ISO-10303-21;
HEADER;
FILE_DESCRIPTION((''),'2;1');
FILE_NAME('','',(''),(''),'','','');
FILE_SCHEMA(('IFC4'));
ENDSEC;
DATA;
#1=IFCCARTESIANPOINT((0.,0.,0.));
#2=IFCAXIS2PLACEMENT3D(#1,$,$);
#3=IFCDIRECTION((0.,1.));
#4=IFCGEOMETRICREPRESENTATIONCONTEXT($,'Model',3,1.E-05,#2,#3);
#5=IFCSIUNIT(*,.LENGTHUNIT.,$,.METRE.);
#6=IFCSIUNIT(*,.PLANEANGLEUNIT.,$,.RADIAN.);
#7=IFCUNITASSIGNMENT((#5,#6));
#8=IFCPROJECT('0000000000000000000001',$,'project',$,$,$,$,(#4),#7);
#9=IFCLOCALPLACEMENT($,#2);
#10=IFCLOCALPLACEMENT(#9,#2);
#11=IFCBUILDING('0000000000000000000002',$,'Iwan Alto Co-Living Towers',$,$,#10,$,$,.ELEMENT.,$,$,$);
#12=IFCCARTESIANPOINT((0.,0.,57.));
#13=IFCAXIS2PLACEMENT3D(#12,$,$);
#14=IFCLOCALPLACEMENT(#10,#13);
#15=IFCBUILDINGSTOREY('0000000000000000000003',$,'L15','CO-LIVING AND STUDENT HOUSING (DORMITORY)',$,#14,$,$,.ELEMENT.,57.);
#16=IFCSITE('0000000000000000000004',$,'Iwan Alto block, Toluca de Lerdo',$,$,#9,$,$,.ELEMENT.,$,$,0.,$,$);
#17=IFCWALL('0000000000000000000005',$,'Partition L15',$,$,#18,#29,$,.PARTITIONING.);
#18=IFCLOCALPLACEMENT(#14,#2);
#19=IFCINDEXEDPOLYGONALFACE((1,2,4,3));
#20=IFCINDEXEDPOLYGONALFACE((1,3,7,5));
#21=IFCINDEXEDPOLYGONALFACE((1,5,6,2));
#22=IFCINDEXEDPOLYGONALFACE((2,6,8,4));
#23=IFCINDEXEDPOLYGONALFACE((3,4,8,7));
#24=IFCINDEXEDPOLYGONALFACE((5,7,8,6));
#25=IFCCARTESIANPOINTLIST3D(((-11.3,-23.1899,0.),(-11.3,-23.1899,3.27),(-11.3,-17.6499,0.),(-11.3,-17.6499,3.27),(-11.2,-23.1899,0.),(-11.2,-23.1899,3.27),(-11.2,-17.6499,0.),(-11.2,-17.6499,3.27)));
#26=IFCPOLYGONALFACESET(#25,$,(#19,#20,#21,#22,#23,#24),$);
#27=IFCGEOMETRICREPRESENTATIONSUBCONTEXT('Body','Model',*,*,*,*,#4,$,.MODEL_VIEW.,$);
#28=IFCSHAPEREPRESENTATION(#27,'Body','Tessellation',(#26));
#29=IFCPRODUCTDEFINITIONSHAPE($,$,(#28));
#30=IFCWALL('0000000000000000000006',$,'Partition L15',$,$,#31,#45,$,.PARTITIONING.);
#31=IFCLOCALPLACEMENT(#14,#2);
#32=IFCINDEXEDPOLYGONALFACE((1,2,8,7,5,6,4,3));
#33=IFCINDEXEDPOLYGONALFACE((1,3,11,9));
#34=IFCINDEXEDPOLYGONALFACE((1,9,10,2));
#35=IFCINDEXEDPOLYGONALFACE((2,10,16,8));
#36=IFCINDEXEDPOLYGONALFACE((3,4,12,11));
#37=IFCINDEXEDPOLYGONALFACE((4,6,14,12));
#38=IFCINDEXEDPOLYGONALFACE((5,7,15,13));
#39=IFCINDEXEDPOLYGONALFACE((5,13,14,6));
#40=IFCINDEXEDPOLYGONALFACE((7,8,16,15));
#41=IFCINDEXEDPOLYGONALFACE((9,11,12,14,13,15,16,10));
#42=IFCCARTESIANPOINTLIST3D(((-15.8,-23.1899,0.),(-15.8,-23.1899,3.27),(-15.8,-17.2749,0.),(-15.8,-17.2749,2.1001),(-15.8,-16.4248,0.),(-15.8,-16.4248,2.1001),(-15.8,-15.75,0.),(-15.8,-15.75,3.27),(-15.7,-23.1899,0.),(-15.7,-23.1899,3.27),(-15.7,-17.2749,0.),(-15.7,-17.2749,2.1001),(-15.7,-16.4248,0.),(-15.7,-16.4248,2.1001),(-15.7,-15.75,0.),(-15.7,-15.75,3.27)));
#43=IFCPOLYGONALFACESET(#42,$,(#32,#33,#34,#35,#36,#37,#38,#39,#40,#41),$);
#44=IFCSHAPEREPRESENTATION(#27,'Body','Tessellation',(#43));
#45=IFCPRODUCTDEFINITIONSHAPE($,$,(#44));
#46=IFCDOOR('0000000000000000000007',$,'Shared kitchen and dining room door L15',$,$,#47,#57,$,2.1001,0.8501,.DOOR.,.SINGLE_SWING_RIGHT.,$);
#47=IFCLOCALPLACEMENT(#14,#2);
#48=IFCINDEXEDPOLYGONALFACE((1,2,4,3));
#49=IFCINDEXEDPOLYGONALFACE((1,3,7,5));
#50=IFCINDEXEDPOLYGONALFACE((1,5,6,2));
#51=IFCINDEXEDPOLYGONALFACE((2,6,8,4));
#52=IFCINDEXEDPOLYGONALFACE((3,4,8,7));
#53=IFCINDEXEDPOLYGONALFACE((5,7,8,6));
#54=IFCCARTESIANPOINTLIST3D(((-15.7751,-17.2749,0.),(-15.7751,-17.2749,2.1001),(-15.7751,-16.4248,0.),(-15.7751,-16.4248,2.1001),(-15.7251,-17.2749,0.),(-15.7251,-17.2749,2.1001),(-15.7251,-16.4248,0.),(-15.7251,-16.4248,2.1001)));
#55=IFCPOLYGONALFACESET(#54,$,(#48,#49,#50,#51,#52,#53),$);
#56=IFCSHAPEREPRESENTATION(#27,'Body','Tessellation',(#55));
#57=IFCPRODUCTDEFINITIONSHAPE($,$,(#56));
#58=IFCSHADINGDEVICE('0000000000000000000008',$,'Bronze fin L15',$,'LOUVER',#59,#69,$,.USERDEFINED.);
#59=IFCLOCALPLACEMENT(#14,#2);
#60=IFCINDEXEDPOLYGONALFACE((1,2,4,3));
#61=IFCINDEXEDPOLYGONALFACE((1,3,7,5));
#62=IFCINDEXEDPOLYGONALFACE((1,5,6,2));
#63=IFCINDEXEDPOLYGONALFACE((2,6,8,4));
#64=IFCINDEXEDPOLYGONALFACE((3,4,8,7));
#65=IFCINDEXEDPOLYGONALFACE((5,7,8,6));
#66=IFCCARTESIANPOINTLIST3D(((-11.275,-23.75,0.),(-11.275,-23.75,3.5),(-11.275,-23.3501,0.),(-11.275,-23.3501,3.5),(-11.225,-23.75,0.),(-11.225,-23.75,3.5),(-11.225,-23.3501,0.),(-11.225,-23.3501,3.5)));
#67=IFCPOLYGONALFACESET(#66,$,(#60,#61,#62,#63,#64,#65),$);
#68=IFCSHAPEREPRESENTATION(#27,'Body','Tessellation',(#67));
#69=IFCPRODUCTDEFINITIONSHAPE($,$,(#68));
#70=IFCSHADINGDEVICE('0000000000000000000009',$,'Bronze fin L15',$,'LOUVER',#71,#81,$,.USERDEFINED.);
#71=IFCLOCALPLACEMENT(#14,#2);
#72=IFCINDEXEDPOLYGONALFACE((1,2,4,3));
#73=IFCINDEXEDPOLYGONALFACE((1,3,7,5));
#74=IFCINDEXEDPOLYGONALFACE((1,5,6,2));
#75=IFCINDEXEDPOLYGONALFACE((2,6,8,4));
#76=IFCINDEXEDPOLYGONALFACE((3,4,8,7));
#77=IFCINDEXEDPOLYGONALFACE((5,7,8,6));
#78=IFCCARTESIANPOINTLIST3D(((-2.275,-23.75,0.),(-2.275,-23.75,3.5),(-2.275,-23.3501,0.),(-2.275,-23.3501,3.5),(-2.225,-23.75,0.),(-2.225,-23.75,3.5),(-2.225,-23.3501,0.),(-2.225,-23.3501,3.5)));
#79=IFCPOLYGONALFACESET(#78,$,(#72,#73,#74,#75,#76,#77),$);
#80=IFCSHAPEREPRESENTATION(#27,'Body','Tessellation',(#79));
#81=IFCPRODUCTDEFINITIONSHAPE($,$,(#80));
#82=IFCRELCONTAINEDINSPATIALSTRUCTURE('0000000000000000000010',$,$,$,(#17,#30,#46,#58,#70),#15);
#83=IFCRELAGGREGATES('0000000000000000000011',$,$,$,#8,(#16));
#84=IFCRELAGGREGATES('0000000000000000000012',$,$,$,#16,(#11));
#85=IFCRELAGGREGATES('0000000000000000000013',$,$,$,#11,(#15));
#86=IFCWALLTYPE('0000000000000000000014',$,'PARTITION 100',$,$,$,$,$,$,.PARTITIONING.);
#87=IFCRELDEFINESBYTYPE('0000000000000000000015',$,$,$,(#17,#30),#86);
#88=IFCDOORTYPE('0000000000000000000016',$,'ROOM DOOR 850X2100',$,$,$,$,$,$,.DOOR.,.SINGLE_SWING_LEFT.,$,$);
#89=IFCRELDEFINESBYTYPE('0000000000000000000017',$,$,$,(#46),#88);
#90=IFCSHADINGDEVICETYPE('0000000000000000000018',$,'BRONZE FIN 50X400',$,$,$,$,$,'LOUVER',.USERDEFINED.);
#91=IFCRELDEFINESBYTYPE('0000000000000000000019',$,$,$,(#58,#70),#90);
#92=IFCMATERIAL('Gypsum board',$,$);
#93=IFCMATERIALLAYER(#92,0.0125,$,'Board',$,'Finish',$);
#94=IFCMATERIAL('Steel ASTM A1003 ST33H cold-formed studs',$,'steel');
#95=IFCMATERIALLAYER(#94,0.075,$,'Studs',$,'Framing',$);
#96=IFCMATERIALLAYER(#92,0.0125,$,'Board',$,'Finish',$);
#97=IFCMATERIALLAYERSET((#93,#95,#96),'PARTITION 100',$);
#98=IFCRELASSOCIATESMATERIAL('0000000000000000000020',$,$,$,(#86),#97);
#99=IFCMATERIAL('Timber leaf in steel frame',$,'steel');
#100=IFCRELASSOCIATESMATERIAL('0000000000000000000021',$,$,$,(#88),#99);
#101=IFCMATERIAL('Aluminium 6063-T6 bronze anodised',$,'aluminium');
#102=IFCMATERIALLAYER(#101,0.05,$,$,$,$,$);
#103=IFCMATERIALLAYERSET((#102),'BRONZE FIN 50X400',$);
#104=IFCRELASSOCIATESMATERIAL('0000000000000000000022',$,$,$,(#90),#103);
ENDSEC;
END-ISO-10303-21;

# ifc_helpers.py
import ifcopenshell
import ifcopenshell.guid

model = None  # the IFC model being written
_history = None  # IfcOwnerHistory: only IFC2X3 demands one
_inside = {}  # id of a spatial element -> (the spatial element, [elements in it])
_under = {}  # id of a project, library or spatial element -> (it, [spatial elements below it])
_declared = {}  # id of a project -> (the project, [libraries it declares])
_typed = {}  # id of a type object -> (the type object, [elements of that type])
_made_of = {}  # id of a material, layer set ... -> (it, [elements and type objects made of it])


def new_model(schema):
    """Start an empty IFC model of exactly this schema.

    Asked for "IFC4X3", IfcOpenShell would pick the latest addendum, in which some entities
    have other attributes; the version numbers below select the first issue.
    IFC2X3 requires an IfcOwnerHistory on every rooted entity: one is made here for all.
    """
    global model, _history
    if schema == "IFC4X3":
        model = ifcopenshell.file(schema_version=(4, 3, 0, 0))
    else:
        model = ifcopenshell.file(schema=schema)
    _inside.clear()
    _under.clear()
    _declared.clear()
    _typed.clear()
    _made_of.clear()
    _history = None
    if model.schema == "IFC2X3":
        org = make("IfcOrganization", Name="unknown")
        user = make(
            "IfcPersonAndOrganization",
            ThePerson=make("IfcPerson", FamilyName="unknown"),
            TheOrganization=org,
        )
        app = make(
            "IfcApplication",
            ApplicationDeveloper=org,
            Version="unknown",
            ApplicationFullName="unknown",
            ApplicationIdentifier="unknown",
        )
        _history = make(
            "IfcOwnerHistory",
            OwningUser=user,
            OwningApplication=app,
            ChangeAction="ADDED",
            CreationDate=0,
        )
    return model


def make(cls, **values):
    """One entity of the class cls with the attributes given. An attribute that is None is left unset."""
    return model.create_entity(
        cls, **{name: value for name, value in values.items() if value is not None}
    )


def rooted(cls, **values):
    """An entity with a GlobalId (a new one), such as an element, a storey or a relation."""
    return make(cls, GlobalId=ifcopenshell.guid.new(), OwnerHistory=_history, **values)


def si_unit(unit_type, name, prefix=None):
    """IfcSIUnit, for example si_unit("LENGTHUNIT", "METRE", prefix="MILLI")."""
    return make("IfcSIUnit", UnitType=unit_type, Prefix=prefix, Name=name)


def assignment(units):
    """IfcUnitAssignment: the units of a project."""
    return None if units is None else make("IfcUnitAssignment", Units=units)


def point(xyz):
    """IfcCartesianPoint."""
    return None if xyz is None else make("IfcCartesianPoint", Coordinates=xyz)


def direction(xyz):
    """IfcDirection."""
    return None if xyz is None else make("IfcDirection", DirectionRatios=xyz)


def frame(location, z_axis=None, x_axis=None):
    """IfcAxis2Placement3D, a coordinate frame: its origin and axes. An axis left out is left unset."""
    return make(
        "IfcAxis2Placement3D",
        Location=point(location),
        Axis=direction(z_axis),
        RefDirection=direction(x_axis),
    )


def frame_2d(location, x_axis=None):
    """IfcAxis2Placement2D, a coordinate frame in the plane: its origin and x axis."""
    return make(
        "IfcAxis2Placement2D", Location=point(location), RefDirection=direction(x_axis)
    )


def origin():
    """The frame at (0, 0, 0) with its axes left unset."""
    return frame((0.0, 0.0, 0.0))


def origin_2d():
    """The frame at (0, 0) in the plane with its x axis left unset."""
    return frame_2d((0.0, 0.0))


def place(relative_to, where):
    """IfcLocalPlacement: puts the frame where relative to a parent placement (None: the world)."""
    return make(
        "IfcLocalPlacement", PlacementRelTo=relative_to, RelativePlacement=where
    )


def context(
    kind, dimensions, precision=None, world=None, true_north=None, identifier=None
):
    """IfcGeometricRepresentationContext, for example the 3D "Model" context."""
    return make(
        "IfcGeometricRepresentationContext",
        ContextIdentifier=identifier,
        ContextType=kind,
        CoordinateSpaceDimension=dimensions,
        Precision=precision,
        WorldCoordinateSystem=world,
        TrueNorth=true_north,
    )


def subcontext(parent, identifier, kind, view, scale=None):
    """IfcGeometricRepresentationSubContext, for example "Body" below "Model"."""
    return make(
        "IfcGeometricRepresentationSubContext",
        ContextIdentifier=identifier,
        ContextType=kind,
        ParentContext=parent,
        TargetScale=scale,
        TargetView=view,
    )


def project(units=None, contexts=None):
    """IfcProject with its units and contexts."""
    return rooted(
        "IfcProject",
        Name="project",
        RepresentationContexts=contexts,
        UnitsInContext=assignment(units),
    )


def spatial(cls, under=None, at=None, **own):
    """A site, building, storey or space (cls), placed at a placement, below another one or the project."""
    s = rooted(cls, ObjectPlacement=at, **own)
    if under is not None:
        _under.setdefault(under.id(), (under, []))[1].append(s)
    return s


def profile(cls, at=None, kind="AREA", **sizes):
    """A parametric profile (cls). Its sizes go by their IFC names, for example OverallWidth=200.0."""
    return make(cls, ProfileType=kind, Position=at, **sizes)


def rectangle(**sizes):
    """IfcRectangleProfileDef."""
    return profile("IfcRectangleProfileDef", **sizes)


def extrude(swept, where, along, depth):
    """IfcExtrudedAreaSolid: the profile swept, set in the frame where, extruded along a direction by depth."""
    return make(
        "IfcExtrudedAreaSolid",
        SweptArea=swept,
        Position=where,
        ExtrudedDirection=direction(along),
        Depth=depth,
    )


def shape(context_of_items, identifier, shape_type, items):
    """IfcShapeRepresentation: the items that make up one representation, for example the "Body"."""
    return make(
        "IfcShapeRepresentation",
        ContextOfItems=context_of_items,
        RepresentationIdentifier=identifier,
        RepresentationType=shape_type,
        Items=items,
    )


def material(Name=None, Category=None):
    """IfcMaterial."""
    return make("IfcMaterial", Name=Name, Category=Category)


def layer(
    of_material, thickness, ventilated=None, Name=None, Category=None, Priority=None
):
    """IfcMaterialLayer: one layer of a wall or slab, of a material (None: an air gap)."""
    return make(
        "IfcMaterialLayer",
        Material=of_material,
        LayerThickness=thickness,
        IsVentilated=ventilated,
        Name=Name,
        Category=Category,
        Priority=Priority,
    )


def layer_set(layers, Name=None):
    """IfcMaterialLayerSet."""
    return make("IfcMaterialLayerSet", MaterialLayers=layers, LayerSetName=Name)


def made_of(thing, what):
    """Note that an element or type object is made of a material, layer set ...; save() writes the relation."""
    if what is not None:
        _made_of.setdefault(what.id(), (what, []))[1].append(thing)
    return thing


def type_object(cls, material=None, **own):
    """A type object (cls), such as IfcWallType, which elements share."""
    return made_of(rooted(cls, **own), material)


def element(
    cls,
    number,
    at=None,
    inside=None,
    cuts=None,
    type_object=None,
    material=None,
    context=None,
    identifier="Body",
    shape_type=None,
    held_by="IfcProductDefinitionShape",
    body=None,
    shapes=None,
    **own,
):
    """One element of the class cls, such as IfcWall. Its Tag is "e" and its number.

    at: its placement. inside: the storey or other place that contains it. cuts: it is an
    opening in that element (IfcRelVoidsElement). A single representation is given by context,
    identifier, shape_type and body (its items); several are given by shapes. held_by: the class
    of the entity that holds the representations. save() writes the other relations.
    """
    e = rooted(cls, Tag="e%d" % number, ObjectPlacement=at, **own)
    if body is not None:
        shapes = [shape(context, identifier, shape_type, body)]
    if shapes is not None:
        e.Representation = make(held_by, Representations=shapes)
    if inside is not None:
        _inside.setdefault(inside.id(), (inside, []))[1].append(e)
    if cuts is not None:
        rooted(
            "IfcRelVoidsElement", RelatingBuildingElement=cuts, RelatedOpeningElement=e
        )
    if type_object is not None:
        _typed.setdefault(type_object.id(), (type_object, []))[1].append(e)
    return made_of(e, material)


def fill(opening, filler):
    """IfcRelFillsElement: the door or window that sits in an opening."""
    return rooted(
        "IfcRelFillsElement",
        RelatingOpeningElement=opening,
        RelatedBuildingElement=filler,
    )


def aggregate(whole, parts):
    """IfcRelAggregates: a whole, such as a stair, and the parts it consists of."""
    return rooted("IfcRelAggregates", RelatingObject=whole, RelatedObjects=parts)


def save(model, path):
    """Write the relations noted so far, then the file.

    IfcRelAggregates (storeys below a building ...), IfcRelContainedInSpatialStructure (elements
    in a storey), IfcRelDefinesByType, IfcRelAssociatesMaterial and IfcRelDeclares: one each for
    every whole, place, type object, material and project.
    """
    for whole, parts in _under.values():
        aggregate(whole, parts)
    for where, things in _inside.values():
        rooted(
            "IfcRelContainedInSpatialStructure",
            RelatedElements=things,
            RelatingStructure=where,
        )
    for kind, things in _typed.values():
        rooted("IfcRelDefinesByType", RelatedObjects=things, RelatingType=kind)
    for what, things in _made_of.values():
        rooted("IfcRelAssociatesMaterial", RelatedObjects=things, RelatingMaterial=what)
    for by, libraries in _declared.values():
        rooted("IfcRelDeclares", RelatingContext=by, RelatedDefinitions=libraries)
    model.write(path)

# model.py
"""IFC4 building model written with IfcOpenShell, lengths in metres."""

from ifc_helpers import new_model, si_unit, direction, frame, frame_2d, origin, origin_2d, place, context, subcontext, project, spatial, rectangle, extrude, material, layer, layer_set, type_object, element, fill, save


model = new_model("IFC4")

# Units and contexts
model_context = context("Model", 3, precision=1e-05, world=origin(), true_north=direction((0.0, 1.0)))
body_context = subcontext(model_context, "Body", "Model", "MODEL_VIEW")
ifc_project = project(units=[si_unit("LENGTHUNIT", "METRE"), si_unit("PLANEANGLEUNIT", "RADIAN")], contexts=[model_context])

# Site, building, storey
site_placement = place(None, origin())
site = spatial("IfcSite", under=ifc_project, at=site_placement, Name="Iwan Alto block, Toluca de Lerdo", CompositionType="ELEMENT", RefElevation=0.0)
building_placement = place(site_placement, origin())
building = spatial("IfcBuilding", under=site, at=building_placement, Name="Iwan Alto Co-Living Towers", CompositionType="ELEMENT")
storey_placement = place(building_placement, frame((0.0, 0.0, 57.0)))
storey = spatial("IfcBuildingStorey", under=building, at=storey_placement, Name="L15", Description="CO-LIVING AND STUDENT HOUSING (DORMITORY)", CompositionType="ELEMENT", Elevation=57.0)

# Shared definitions
ifc_material_1 = material(Name="Gypsum board")
ifc_layer_1 = layer(ifc_material_1, 0.0125, Name="Board", Category="Finish")
ifc_material_2 = material(Name="Steel ASTM A1003 ST33H cold-formed studs", Category="steel")
ifc_layer_2 = layer(ifc_material_2, 0.075, Name="Studs", Category="Framing")
ifc_layer_3 = layer(ifc_material_1, 0.0125, Name="Board", Category="Finish")
ifc_layer_set_1 = layer_set([ifc_layer_1, ifc_layer_2, ifc_layer_3], Name="PARTITION 100")
wall_type = type_object("IfcWallType", Name="PARTITION 100", PredefinedType="PARTITIONING", material=ifc_layer_set_1)

# Wall
for number, where, z_axis, x_axis, name in (
    (1, (-11.25, -23.1899, 0.0), (0.0, 0.0, 1.0), (0.0, 1.0, 0.0), "Partition L15"),
):
    element("IfcWall", number, at=place(storey_placement, frame(where, z_axis=z_axis, x_axis=x_axis)), inside=storey, type_object=wall_type, Name=name, PredefinedType="PARTITIONING", context=body_context, shape_type="SweptSolid", body=[
        extrude(rectangle(XDim=5.54, YDim=0.1001, at=frame_2d((2.77, 0.0))), origin(), (0.0, 0.0, 1.0), 3.27),
    ])

# Wall, opening, door
wall_1_placement = place(storey_placement, frame((-15.75, -23.1899, 0.0), z_axis=(0.0, 0.0, 1.0), x_axis=(0.0, 1.0, 0.0)))
wall_1 = element("IfcWall", 2, at=wall_1_placement, inside=storey, type_object=wall_type, Name="Partition L15", PredefinedType="PARTITIONING", context=body_context, shape_type="SweptSolid", body=[
    extrude(rectangle(XDim=7.4399, YDim=0.1001, at=frame_2d((3.72, 0.0))), origin(), (0.0, 0.0, 1.0), 3.27),
])
opening_1_placement = place(wall_1_placement, frame((5.915, 0.0, 0.0)))
opening_1 = element("IfcOpeningElement", 3, at=opening_1_placement, cuts=wall_1, PredefinedType="OPENING", context=body_context, shape_type="SweptSolid", body=[
    extrude(rectangle(XDim=0.8501, YDim=2.1001, at=frame_2d((0.425, 1.05))), frame((0.0, 0.0601, 0.0), z_axis=(0.0, -1.0, 0.0), x_axis=(1.0, 0.0, 0.0)), (0.0, 0.0, 1.0), 0.1201),
])
ifc_material_3 = material(Name="Timber leaf in steel frame", Category="steel")
door_type_1 = type_object("IfcDoorType", Name="ROOM DOOR 850X2100", OperationType="SINGLE_SWING_LEFT", PredefinedType="DOOR", material=ifc_material_3)
door_1_placement = place(opening_1_placement, frame((0.8501, 0.0, 0.0), z_axis=(0.0, 0.0, 1.0), x_axis=(-1.0, 0.0, 0.0)))
door_1 = element("IfcDoor", 4, at=door_1_placement, inside=storey, type_object=door_type_1, Name="Shared kitchen and dining room door L15", OperationType="SINGLE_SWING_RIGHT", OverallHeight=2.1001, OverallWidth=0.8501, PredefinedType="DOOR", context=body_context, shape_type="SweptSolid", body=[
    extrude(rectangle(XDim=0.8501, YDim=2.1001, at=frame_2d((0.425, 1.05))), frame((0.0, 0.0249, 0.0), z_axis=(0.0, -1.0, 0.0), x_axis=(1.0, 0.0, 0.0)), (0.0, 0.0, 1.0), 0.05),
])
fill(opening_1, door_1)

# Shading devices
ifc_material_4 = material(Name="Aluminium 6063-T6 bronze anodised", Category="aluminium")
ifc_layer_4 = layer(ifc_material_4, 0.05)
ifc_layer_set_2 = layer_set([ifc_layer_4], Name="BRONZE FIN 50X400")
shading_device_type = type_object("IfcShadingDeviceType", Name="BRONZE FIN 50X400", ElementType="LOUVER", PredefinedType="USERDEFINED", material=ifc_layer_set_2)
for number, where, z_axis, x_axis, name in (
    (5, (-11.25, -23.55, 0.0), (0.0, 0.0, 1.0), (1.0, 0.0, 0.0), "Bronze fin L15"),
    (6, (-2.25, -23.55, 0.0), (0.0, 0.0, 1.0), (1.0, 0.0, 0.0), "Bronze fin L15"),
):
    element("IfcShadingDevice", number, at=place(storey_placement, frame(where, z_axis=z_axis, x_axis=x_axis)), inside=storey, type_object=shading_device_type, Name=name, ObjectType="LOUVER", PredefinedType="USERDEFINED", context=body_context, shape_type="SweptSolid", body=[
        extrude(rectangle(XDim=0.05, YDim=0.3999, at=origin_2d()), origin(), (0.0, 0.0, 1.0), 3.5),
    ])

save(model, "model.ifc")
